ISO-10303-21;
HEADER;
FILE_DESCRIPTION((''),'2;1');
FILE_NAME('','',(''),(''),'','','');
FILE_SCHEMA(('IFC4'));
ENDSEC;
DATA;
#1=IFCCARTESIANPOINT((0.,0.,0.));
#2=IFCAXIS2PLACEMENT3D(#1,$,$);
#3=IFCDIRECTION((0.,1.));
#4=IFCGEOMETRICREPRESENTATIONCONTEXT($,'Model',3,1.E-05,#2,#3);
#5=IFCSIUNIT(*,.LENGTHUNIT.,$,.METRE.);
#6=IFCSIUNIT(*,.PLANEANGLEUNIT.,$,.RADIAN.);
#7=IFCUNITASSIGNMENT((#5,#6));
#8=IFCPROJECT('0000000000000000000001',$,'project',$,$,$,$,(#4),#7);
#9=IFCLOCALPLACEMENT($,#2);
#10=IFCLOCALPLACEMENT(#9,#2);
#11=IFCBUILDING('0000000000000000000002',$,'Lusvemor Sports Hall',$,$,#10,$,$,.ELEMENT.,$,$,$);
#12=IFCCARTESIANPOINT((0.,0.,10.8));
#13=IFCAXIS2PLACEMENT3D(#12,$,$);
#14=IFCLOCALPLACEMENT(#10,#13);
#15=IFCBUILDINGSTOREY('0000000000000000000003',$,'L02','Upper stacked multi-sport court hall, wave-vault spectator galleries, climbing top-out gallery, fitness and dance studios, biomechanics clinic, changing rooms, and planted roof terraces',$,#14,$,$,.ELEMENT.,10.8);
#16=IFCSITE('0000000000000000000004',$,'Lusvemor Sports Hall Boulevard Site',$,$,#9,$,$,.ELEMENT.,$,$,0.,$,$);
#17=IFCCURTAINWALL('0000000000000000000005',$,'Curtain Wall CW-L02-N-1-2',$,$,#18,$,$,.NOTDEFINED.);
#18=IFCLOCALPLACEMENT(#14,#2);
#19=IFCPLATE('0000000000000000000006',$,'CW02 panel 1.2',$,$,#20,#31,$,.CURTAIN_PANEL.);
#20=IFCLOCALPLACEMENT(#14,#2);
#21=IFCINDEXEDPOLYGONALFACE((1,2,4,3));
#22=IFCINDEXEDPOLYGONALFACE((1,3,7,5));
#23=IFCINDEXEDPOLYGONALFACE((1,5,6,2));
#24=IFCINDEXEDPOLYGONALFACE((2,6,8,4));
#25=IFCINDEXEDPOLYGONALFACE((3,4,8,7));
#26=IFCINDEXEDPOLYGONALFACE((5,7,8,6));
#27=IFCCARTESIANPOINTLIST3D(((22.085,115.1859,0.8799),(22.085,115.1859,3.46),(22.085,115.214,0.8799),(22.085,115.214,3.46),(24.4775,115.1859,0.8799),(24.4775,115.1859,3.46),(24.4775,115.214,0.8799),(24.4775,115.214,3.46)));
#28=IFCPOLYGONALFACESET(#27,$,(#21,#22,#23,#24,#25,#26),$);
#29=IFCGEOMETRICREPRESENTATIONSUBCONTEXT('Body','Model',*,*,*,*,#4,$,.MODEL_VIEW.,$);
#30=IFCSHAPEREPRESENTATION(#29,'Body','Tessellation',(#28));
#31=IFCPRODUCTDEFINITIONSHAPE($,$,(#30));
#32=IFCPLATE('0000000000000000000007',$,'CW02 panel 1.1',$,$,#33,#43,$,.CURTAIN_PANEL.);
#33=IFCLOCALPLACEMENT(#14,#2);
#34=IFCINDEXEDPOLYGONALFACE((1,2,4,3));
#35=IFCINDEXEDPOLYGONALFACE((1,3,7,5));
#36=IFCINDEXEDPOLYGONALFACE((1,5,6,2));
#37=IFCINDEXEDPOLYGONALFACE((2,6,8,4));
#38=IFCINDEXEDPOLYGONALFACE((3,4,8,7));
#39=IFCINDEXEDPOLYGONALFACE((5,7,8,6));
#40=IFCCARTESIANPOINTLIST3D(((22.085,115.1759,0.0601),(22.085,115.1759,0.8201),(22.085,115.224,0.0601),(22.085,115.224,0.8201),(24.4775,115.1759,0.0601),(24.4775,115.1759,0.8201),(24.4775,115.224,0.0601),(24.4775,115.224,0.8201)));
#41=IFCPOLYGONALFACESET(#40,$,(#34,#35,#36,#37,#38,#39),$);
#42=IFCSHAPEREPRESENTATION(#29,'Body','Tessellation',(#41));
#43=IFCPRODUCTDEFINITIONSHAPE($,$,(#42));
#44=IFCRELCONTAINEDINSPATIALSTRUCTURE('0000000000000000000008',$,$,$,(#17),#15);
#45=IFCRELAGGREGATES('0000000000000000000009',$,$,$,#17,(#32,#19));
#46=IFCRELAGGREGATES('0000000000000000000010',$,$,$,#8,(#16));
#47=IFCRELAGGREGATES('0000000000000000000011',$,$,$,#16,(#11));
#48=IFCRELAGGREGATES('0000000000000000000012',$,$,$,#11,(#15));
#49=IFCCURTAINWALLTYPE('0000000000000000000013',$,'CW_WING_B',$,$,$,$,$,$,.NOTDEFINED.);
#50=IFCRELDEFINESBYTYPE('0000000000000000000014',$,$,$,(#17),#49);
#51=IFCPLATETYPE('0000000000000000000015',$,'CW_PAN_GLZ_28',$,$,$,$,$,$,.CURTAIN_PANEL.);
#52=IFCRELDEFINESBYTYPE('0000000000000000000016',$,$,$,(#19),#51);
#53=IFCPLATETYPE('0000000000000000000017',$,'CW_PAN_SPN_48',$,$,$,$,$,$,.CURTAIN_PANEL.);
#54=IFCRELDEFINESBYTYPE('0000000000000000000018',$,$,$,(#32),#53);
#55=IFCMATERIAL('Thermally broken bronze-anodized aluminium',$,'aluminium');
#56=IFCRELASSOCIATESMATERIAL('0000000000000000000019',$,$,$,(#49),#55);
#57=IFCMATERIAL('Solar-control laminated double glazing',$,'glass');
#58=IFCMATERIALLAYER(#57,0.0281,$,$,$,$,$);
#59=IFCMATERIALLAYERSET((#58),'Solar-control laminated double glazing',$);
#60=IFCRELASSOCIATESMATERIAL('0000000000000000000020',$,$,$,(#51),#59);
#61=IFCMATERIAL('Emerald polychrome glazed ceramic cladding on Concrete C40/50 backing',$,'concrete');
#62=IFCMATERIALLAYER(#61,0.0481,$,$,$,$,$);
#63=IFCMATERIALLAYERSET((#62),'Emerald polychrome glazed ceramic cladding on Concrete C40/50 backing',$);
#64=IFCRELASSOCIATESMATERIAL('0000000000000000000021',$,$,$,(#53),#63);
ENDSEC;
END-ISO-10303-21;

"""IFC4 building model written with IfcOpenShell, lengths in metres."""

from ifc_helpers import new_model, si_unit, direction, frame, origin, origin_2d, place, context, subcontext, project, spatial, rectangle, extrude, material, layer, layer_set, type_object, element, aggregate, save


model = new_model("IFC4")

# Units and contexts
model_context = context("Model", 3, precision=1e-05, world=origin(), true_north=direction((0.0, 1.0)))
body_context = subcontext(model_context, "Body", "Model", "MODEL_VIEW")
ifc_project = project(units=[si_unit("LENGTHUNIT", "METRE"), si_unit("PLANEANGLEUNIT", "RADIAN")], contexts=[model_context])

# Site, building, storey
site_placement = place(None, origin())
site = spatial("IfcSite", under=ifc_project, at=site_placement, Name="Lusvemor Sports Hall Boulevard Site", CompositionType="ELEMENT", RefElevation=0.0)
building_placement = place(site_placement, origin())
building = spatial("IfcBuilding", under=site, at=building_placement, Name="Lusvemor Sports Hall", CompositionType="ELEMENT")
storey_placement = place(building_placement, frame((0.0, 0.0, 10.8)))
storey = spatial("IfcBuildingStorey", under=building, at=storey_placement, Name="L02", Description="Upper stacked multi-sport court hall, wave-vault spectator galleries, climbing top-out gallery, fitness and dance studios, biomechanics clinic, changing rooms, and planted roof terraces", CompositionType="ELEMENT", Elevation=10.8)

# Curtain wall
ifc_material_1 = material(Name="Thermally broken bronze-anodized aluminium", Category="aluminium")
curtain_wall_type = type_object("IfcCurtainWallType", Name="CW_WING_B", PredefinedType="NOTDEFINED", material=ifc_material_1)
curtain_wall_1_placement = place(storey_placement, origin())
curtain_wall_1 = element("IfcCurtainWall", 1, at=curtain_wall_1_placement, inside=storey, type_object=curtain_wall_type, Name="Curtain Wall CW-L02-N-1-2", PredefinedType="NOTDEFINED")

# Plates
ifc_material_2 = material(Name="Solar-control laminated double glazing", Category="glass")
ifc_layer_1 = layer(ifc_material_2, 0.0281)
ifc_layer_set_1 = layer_set([ifc_layer_1], Name="Solar-control laminated double glazing")
plate_type_1 = type_object("IfcPlateType", Name="CW_PAN_GLZ_28", PredefinedType="CURTAIN_PANEL", material=ifc_layer_set_1)
plate_1_placement = place(storey_placement, frame((23.2812, 115.2, 0.8799), z_axis=(0.0, 0.0, 1.0), x_axis=(1.0, 0.0, 0.0)))
plate_1 = element("IfcPlate", 2, at=plate_1_placement, type_object=plate_type_1, Name="CW02 panel 1.2", PredefinedType="CURTAIN_PANEL", context=body_context, shape_type="SweptSolid", body=[
    extrude(rectangle(XDim=2.3926, YDim=0.0281, at=origin_2d()), origin(), (0.0, 0.0, 1.0), 2.5801),
])
ifc_material_3 = material(Name="Emerald polychrome glazed ceramic cladding on Concrete C40/50 backing", Category="concrete")
ifc_layer_2 = layer(ifc_material_3, 0.0481)
ifc_layer_set_2 = layer_set([ifc_layer_2], Name="Emerald polychrome glazed ceramic cladding on Concrete C40/50 backing")
plate_type_2 = type_object("IfcPlateType", Name="CW_PAN_SPN_48", PredefinedType="CURTAIN_PANEL", material=ifc_layer_set_2)
plate_2_placement = place(storey_placement, frame((23.2812, 115.2, 0.0601), z_axis=(0.0, 0.0, 1.0), x_axis=(1.0, 0.0, 0.0)))
plate_2 = element("IfcPlate", 3, at=plate_2_placement, type_object=plate_type_2, Name="CW02 panel 1.1", PredefinedType="CURTAIN_PANEL", context=body_context, shape_type="SweptSolid", body=[
    extrude(rectangle(XDim=2.3926, YDim=0.0481, at=origin_2d()), origin(), (0.0, 0.0, 1.0), 0.76),
])
aggregate(curtain_wall_1, [plate_2, plate_1])

save(model, "model.ifc")
